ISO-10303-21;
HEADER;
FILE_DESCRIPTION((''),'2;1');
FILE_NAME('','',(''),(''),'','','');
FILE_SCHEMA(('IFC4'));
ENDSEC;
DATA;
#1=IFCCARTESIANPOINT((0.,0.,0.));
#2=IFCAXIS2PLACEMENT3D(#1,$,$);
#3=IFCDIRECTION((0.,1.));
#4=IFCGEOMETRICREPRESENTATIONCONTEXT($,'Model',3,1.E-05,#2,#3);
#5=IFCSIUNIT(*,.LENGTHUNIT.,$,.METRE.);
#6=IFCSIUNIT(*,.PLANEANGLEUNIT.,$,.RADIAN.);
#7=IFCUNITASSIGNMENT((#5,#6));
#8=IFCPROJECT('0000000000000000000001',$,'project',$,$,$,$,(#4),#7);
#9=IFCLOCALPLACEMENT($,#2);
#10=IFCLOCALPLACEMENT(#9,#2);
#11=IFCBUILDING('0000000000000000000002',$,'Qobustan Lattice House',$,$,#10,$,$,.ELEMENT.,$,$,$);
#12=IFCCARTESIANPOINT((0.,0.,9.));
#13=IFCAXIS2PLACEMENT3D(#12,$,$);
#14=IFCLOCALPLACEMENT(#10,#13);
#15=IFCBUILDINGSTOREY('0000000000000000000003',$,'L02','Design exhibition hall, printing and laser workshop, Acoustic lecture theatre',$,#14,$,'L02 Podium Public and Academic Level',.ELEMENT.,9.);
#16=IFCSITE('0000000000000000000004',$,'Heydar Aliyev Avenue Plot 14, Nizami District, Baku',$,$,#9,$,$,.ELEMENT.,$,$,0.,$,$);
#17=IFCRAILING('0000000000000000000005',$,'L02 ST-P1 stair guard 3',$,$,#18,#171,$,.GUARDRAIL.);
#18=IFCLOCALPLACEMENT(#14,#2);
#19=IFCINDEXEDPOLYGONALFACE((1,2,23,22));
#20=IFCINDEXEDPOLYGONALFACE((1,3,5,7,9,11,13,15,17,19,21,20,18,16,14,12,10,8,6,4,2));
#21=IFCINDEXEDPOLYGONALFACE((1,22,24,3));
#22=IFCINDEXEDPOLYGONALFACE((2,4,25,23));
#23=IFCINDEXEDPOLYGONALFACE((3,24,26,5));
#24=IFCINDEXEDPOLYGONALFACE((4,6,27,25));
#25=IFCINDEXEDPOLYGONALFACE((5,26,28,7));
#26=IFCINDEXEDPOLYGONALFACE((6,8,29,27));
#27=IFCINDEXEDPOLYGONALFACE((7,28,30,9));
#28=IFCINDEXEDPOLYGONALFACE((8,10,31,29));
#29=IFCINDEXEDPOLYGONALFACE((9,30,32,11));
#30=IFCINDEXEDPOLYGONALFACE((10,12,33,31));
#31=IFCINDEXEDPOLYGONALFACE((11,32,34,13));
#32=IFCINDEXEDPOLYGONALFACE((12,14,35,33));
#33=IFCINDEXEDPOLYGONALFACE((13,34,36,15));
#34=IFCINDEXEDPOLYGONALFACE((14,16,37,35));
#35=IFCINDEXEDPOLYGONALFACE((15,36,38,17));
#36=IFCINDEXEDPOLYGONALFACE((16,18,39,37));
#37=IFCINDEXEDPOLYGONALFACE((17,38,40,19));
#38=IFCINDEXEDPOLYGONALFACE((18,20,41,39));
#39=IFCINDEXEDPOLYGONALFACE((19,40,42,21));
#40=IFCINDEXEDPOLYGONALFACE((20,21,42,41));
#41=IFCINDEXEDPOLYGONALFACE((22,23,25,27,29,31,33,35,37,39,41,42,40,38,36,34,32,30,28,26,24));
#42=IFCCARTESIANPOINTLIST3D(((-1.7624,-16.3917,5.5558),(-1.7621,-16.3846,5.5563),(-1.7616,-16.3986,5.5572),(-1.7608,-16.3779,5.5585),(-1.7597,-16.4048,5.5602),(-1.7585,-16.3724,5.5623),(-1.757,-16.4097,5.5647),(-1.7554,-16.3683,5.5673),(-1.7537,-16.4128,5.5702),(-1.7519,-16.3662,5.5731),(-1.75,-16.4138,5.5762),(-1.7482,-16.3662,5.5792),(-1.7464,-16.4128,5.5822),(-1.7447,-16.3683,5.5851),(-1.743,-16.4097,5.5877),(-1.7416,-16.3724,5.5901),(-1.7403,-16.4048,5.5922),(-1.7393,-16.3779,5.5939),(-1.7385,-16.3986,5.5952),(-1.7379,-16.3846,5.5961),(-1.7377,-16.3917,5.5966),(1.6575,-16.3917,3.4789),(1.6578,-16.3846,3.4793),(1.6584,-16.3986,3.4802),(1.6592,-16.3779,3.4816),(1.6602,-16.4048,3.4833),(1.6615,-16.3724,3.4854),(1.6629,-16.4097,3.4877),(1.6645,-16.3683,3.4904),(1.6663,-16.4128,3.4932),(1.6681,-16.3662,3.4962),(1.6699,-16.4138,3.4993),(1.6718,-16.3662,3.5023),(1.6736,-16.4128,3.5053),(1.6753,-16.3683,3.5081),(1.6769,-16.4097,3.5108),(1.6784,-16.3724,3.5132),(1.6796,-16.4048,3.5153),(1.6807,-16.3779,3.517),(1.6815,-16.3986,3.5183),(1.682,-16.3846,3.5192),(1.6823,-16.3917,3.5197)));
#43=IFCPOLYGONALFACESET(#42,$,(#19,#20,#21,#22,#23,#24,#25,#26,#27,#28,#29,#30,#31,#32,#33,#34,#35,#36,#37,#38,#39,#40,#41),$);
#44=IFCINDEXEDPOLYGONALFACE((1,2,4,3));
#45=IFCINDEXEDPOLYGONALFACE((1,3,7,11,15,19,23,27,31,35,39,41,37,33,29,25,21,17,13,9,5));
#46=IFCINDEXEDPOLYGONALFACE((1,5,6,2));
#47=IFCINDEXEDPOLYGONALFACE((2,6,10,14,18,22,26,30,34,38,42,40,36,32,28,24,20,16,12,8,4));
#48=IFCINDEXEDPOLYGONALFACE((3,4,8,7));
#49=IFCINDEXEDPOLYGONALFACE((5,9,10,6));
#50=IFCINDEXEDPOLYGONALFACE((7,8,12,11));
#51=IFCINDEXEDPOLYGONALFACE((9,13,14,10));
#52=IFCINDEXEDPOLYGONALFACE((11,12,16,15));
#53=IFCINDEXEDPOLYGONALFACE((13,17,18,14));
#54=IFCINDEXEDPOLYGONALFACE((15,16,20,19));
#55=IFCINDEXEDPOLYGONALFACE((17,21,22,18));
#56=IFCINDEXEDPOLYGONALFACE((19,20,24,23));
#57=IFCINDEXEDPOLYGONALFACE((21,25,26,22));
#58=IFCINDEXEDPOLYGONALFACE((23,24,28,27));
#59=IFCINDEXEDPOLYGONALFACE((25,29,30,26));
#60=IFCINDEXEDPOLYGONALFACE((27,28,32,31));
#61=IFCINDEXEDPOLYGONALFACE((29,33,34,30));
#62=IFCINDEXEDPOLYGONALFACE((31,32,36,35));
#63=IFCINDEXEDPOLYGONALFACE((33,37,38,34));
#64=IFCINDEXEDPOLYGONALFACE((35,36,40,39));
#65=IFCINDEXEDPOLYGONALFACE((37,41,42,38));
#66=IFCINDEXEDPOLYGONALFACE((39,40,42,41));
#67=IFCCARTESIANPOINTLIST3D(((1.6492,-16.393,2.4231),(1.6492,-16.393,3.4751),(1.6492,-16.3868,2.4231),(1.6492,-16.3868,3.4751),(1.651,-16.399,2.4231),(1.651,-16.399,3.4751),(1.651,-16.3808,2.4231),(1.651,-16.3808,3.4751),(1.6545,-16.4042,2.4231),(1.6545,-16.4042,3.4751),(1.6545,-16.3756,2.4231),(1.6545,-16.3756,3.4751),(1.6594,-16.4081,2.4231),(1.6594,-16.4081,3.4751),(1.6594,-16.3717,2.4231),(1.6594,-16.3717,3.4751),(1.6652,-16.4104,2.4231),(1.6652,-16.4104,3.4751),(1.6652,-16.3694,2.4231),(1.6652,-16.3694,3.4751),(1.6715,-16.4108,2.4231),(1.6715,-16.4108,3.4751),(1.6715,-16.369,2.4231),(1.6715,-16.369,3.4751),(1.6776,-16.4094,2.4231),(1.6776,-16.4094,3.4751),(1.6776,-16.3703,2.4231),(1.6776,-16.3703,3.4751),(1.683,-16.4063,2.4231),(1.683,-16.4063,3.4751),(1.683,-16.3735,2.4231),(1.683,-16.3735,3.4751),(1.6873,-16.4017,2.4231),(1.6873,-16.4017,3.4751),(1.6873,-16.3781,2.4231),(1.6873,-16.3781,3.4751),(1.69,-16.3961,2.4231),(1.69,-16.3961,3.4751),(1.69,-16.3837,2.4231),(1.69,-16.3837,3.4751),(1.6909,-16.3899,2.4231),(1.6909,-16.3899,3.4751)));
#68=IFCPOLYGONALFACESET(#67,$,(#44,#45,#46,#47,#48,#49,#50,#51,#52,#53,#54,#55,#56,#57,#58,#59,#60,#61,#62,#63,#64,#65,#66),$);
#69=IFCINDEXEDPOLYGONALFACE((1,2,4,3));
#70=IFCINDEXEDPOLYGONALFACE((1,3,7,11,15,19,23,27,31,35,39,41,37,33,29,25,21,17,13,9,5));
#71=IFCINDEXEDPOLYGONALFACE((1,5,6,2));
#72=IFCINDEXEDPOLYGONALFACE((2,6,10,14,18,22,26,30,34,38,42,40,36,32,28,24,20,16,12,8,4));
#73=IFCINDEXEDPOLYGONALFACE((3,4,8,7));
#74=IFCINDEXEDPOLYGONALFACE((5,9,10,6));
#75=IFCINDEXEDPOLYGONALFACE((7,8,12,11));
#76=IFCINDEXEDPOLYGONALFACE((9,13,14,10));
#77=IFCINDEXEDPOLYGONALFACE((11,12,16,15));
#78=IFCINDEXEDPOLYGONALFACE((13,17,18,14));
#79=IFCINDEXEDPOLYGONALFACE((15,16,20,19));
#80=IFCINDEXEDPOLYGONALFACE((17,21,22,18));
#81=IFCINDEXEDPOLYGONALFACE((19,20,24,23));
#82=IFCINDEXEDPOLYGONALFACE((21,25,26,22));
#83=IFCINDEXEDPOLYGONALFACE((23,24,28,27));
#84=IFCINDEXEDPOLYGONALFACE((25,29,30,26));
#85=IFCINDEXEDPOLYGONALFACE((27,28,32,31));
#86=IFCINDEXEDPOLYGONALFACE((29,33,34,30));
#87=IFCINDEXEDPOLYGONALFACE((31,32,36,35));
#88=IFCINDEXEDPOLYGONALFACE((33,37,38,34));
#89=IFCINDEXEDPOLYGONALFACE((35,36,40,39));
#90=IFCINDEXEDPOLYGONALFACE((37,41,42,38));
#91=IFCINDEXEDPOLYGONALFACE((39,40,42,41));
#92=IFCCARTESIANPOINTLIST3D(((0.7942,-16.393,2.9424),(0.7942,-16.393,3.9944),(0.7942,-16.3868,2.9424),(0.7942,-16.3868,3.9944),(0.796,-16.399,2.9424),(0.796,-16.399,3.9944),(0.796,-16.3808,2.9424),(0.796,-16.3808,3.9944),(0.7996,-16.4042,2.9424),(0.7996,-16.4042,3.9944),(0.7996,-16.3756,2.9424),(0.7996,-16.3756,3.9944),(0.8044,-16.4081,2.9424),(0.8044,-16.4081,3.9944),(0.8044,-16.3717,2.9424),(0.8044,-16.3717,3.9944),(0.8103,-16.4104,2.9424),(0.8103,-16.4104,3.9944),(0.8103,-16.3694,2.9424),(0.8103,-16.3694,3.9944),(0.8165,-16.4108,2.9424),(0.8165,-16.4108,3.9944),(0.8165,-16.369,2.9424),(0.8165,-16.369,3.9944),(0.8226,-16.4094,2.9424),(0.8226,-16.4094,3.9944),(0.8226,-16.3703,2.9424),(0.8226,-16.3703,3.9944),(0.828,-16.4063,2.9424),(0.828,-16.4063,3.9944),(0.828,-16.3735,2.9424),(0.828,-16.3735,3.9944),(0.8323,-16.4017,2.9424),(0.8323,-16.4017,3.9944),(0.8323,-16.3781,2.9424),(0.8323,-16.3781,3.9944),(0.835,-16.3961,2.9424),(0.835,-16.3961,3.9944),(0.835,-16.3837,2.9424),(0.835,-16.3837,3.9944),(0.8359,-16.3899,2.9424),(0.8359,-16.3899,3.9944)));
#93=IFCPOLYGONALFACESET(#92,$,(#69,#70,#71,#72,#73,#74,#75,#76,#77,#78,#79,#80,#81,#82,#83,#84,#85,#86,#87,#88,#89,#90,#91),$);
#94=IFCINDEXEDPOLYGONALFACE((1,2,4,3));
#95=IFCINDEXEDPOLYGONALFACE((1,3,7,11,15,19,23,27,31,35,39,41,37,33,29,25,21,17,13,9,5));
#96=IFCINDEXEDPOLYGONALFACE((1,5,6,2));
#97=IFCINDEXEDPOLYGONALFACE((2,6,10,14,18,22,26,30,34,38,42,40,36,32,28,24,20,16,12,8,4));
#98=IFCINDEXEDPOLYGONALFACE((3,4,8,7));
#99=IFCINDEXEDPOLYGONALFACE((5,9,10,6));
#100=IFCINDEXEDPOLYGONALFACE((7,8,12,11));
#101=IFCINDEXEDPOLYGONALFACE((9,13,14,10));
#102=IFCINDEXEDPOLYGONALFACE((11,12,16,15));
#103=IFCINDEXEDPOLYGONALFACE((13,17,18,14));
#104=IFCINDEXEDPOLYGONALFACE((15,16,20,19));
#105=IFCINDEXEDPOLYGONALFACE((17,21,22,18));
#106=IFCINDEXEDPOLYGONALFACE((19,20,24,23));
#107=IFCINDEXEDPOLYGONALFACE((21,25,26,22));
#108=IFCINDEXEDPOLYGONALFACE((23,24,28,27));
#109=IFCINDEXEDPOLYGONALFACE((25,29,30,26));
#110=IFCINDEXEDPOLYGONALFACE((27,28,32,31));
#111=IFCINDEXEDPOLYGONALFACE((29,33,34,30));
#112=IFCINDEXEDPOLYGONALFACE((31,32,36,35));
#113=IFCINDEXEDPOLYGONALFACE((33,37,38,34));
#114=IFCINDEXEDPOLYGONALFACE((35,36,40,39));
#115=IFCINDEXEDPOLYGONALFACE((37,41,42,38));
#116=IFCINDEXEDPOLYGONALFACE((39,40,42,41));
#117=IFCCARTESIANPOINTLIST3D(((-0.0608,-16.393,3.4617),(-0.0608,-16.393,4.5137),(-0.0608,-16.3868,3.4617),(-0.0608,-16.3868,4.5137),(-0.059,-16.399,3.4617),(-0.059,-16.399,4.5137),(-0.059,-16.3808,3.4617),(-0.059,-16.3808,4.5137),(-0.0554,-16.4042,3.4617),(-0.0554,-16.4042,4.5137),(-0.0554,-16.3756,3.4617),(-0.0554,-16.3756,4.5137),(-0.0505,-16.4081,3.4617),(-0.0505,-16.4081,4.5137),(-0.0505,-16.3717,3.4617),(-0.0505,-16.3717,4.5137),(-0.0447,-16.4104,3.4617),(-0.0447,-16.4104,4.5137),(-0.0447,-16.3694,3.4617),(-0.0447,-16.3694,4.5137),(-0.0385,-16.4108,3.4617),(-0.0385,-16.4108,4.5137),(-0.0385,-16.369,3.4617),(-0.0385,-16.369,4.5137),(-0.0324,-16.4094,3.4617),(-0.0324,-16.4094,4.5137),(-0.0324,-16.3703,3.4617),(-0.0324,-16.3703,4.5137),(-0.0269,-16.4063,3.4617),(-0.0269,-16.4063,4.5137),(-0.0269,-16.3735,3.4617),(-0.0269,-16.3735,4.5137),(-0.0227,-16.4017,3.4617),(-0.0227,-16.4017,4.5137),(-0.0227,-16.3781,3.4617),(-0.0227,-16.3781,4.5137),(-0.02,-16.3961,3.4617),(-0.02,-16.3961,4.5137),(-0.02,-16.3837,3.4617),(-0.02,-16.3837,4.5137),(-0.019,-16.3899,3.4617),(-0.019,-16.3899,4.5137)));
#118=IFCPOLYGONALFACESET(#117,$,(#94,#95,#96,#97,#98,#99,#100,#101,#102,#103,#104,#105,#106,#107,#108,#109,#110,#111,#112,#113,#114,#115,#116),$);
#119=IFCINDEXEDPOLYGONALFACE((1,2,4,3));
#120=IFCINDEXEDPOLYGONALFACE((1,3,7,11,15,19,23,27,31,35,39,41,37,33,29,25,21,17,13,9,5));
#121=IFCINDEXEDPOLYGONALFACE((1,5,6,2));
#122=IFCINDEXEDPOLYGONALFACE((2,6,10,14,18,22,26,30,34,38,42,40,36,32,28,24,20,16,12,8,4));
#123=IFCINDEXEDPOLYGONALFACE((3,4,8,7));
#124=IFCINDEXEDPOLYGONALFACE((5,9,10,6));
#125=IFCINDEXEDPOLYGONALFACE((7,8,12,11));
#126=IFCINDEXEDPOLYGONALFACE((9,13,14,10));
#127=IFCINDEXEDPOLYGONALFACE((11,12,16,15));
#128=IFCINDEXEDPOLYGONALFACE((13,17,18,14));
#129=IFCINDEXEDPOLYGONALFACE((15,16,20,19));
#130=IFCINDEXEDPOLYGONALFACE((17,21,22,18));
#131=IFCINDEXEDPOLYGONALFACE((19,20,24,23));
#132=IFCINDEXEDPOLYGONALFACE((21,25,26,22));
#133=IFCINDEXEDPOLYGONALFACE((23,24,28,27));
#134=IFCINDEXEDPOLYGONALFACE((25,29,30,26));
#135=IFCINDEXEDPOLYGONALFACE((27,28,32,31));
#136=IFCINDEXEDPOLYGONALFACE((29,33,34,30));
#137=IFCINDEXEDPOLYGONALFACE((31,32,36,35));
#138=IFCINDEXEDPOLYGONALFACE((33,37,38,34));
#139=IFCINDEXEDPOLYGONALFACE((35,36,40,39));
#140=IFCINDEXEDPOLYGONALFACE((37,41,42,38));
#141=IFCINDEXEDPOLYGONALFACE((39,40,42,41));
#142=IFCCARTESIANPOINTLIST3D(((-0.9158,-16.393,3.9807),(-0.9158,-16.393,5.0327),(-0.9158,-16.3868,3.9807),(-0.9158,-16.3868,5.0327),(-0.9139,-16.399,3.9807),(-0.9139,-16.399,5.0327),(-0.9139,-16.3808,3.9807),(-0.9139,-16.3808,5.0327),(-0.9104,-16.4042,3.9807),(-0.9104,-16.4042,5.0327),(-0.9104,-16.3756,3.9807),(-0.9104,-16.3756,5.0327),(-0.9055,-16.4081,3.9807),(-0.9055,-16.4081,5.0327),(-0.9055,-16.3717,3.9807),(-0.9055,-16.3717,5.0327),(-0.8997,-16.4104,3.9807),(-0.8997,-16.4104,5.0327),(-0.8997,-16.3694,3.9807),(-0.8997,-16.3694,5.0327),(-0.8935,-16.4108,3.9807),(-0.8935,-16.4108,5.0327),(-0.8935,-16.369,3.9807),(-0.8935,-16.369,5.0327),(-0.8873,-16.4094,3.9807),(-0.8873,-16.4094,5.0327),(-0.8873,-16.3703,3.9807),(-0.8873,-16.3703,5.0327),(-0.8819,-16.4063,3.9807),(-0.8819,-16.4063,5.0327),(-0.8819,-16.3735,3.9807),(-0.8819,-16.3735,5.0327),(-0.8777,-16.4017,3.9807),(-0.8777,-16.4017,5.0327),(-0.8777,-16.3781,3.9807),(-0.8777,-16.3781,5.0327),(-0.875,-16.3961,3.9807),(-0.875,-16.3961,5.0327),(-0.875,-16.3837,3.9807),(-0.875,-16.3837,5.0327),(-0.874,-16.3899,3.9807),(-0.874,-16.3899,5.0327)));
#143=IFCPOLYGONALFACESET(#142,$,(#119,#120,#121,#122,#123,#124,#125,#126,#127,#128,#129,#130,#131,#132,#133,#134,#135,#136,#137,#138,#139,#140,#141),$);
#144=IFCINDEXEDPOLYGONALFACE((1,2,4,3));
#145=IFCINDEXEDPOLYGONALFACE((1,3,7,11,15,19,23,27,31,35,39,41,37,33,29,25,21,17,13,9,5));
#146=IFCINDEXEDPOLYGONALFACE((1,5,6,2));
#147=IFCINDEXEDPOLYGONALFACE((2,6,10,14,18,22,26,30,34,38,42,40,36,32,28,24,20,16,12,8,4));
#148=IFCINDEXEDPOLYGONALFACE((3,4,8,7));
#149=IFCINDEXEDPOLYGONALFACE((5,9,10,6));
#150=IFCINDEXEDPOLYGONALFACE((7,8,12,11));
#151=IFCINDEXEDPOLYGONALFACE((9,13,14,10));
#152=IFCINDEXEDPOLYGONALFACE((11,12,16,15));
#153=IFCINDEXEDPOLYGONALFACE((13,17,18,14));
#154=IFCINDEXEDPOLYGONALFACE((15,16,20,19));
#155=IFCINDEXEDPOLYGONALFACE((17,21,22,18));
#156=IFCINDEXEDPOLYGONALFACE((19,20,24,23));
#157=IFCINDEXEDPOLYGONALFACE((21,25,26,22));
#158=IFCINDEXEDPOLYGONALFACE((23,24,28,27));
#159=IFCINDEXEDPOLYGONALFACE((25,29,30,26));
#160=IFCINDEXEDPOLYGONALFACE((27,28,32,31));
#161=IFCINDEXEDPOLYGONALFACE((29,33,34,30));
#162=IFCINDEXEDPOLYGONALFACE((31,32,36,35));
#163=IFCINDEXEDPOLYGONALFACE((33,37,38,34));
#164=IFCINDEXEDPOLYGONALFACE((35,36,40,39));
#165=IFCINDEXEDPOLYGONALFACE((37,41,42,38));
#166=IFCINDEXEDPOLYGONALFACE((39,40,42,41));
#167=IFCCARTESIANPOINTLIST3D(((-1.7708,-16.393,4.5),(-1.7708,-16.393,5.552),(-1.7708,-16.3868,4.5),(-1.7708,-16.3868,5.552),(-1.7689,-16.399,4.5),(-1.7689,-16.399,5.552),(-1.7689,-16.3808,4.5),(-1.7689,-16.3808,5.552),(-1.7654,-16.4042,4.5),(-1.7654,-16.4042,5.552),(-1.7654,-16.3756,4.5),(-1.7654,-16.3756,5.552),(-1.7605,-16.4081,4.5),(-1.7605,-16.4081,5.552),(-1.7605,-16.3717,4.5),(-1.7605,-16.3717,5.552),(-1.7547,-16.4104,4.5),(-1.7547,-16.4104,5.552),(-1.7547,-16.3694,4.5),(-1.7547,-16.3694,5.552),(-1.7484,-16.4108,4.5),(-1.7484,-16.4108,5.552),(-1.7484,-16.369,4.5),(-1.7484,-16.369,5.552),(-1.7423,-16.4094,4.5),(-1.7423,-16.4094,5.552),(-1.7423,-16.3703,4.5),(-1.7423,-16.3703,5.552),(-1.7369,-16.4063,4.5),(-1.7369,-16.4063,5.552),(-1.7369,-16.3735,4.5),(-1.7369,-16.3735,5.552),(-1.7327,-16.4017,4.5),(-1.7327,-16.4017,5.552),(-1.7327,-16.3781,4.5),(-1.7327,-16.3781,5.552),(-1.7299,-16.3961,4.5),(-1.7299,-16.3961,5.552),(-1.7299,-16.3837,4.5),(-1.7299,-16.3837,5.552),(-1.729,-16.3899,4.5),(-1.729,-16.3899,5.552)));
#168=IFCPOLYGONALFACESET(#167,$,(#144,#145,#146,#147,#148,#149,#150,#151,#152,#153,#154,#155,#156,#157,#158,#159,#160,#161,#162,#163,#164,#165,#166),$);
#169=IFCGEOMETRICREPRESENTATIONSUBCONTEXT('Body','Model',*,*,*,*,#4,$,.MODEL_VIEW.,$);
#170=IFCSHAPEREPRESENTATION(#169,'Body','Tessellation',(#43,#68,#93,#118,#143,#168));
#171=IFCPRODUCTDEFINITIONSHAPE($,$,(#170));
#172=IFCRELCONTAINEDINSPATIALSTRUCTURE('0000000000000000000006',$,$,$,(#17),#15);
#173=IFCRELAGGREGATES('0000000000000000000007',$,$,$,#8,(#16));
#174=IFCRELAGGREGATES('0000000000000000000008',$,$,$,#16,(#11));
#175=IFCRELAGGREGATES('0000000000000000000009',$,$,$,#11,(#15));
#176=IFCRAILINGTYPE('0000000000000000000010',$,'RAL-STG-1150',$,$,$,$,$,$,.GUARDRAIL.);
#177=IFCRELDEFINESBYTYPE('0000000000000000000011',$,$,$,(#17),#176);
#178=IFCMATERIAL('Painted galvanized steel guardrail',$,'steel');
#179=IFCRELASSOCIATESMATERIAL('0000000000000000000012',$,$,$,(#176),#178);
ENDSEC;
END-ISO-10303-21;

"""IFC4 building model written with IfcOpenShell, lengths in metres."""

from ifc_helpers import new_model, si_unit, direction, frame, origin, origin_2d, place, context, subcontext, project, spatial, circle, extrude, material, type_object, element, save


model = new_model("IFC4")

# Units and contexts
model_context = context("Model", 3, precision=1e-05, world=origin(), true_north=direction((0.0, 1.0)))
body_context = subcontext(model_context, "Body", "Model", "MODEL_VIEW")
ifc_project = project(units=[si_unit("LENGTHUNIT", "METRE"), si_unit("PLANEANGLEUNIT", "RADIAN")], contexts=[model_context])

# Site, building, storey
site_placement = place(None, origin())
site = spatial("IfcSite", under=ifc_project, at=site_placement, Name="Heydar Aliyev Avenue Plot 14, Nizami District, Baku", CompositionType="ELEMENT", RefElevation=0.0)
building_placement = place(site_placement, origin())
building = spatial("IfcBuilding", under=site, at=building_placement, Name="Qobustan Lattice House", CompositionType="ELEMENT")
storey_placement = place(building_placement, frame((0.0, 0.0, 9.0)))
storey = spatial("IfcBuildingStorey", under=building, at=storey_placement, Name="L02", Description="Design exhibition hall, printing and laser workshop, Acoustic lecture theatre", LongName="L02 Podium Public and Academic Level", CompositionType="ELEMENT", Elevation=9.0)

# Railing
ifc_material_1 = material(Name="Painted galvanized steel guardrail", Category="steel")
railing_type_1 = type_object("IfcRailingType", Name="RAL-STG-1150", PredefinedType="GUARDRAIL", material=ifc_material_1)
railing_1_placement = place(storey_placement, frame((1.6699, -16.3899, 2.4231)))
element("IfcRailing", 1, at=railing_1_placement, inside=storey, type_object=railing_type_1, Name="L02 ST-P1 stair guard 3", PredefinedType="GUARDRAIL", context=body_context, shape_type="SweptSolid", body=[
    extrude(circle(Radius=0.0239, at=origin_2d()), frame((0.0, 0.0, 1.0762), z_axis=(-0.85473, 0.0, 0.519074), x_axis=(0.0, -1.0, 0.0)), (0.0, 0.0, 1.0), 4.0012),
    extrude(circle(Radius=0.021, at=origin_2d()), origin(), (0.0, 0.0, 1.0), 1.052),
    extrude(circle(Radius=0.021, at=origin_2d()), frame((-0.855, 0.0, 0.5193)), (0.0, 0.0, 1.0), 1.052),
    extrude(circle(Radius=0.021, at=origin_2d()), frame((-1.71, 0.0, 1.0386)), (0.0, 0.0, 1.0), 1.052),
    extrude(circle(Radius=0.021, at=origin_2d()), frame((-2.5649, 0.0, 1.5576)), (0.0, 0.0, 1.0), 1.052),
    extrude(circle(Radius=0.021, at=origin_2d()), frame((-3.4199, 0.0, 2.0769)), (0.0, 0.0, 1.0), 1.052),
])

save(model, "model.ifc")
